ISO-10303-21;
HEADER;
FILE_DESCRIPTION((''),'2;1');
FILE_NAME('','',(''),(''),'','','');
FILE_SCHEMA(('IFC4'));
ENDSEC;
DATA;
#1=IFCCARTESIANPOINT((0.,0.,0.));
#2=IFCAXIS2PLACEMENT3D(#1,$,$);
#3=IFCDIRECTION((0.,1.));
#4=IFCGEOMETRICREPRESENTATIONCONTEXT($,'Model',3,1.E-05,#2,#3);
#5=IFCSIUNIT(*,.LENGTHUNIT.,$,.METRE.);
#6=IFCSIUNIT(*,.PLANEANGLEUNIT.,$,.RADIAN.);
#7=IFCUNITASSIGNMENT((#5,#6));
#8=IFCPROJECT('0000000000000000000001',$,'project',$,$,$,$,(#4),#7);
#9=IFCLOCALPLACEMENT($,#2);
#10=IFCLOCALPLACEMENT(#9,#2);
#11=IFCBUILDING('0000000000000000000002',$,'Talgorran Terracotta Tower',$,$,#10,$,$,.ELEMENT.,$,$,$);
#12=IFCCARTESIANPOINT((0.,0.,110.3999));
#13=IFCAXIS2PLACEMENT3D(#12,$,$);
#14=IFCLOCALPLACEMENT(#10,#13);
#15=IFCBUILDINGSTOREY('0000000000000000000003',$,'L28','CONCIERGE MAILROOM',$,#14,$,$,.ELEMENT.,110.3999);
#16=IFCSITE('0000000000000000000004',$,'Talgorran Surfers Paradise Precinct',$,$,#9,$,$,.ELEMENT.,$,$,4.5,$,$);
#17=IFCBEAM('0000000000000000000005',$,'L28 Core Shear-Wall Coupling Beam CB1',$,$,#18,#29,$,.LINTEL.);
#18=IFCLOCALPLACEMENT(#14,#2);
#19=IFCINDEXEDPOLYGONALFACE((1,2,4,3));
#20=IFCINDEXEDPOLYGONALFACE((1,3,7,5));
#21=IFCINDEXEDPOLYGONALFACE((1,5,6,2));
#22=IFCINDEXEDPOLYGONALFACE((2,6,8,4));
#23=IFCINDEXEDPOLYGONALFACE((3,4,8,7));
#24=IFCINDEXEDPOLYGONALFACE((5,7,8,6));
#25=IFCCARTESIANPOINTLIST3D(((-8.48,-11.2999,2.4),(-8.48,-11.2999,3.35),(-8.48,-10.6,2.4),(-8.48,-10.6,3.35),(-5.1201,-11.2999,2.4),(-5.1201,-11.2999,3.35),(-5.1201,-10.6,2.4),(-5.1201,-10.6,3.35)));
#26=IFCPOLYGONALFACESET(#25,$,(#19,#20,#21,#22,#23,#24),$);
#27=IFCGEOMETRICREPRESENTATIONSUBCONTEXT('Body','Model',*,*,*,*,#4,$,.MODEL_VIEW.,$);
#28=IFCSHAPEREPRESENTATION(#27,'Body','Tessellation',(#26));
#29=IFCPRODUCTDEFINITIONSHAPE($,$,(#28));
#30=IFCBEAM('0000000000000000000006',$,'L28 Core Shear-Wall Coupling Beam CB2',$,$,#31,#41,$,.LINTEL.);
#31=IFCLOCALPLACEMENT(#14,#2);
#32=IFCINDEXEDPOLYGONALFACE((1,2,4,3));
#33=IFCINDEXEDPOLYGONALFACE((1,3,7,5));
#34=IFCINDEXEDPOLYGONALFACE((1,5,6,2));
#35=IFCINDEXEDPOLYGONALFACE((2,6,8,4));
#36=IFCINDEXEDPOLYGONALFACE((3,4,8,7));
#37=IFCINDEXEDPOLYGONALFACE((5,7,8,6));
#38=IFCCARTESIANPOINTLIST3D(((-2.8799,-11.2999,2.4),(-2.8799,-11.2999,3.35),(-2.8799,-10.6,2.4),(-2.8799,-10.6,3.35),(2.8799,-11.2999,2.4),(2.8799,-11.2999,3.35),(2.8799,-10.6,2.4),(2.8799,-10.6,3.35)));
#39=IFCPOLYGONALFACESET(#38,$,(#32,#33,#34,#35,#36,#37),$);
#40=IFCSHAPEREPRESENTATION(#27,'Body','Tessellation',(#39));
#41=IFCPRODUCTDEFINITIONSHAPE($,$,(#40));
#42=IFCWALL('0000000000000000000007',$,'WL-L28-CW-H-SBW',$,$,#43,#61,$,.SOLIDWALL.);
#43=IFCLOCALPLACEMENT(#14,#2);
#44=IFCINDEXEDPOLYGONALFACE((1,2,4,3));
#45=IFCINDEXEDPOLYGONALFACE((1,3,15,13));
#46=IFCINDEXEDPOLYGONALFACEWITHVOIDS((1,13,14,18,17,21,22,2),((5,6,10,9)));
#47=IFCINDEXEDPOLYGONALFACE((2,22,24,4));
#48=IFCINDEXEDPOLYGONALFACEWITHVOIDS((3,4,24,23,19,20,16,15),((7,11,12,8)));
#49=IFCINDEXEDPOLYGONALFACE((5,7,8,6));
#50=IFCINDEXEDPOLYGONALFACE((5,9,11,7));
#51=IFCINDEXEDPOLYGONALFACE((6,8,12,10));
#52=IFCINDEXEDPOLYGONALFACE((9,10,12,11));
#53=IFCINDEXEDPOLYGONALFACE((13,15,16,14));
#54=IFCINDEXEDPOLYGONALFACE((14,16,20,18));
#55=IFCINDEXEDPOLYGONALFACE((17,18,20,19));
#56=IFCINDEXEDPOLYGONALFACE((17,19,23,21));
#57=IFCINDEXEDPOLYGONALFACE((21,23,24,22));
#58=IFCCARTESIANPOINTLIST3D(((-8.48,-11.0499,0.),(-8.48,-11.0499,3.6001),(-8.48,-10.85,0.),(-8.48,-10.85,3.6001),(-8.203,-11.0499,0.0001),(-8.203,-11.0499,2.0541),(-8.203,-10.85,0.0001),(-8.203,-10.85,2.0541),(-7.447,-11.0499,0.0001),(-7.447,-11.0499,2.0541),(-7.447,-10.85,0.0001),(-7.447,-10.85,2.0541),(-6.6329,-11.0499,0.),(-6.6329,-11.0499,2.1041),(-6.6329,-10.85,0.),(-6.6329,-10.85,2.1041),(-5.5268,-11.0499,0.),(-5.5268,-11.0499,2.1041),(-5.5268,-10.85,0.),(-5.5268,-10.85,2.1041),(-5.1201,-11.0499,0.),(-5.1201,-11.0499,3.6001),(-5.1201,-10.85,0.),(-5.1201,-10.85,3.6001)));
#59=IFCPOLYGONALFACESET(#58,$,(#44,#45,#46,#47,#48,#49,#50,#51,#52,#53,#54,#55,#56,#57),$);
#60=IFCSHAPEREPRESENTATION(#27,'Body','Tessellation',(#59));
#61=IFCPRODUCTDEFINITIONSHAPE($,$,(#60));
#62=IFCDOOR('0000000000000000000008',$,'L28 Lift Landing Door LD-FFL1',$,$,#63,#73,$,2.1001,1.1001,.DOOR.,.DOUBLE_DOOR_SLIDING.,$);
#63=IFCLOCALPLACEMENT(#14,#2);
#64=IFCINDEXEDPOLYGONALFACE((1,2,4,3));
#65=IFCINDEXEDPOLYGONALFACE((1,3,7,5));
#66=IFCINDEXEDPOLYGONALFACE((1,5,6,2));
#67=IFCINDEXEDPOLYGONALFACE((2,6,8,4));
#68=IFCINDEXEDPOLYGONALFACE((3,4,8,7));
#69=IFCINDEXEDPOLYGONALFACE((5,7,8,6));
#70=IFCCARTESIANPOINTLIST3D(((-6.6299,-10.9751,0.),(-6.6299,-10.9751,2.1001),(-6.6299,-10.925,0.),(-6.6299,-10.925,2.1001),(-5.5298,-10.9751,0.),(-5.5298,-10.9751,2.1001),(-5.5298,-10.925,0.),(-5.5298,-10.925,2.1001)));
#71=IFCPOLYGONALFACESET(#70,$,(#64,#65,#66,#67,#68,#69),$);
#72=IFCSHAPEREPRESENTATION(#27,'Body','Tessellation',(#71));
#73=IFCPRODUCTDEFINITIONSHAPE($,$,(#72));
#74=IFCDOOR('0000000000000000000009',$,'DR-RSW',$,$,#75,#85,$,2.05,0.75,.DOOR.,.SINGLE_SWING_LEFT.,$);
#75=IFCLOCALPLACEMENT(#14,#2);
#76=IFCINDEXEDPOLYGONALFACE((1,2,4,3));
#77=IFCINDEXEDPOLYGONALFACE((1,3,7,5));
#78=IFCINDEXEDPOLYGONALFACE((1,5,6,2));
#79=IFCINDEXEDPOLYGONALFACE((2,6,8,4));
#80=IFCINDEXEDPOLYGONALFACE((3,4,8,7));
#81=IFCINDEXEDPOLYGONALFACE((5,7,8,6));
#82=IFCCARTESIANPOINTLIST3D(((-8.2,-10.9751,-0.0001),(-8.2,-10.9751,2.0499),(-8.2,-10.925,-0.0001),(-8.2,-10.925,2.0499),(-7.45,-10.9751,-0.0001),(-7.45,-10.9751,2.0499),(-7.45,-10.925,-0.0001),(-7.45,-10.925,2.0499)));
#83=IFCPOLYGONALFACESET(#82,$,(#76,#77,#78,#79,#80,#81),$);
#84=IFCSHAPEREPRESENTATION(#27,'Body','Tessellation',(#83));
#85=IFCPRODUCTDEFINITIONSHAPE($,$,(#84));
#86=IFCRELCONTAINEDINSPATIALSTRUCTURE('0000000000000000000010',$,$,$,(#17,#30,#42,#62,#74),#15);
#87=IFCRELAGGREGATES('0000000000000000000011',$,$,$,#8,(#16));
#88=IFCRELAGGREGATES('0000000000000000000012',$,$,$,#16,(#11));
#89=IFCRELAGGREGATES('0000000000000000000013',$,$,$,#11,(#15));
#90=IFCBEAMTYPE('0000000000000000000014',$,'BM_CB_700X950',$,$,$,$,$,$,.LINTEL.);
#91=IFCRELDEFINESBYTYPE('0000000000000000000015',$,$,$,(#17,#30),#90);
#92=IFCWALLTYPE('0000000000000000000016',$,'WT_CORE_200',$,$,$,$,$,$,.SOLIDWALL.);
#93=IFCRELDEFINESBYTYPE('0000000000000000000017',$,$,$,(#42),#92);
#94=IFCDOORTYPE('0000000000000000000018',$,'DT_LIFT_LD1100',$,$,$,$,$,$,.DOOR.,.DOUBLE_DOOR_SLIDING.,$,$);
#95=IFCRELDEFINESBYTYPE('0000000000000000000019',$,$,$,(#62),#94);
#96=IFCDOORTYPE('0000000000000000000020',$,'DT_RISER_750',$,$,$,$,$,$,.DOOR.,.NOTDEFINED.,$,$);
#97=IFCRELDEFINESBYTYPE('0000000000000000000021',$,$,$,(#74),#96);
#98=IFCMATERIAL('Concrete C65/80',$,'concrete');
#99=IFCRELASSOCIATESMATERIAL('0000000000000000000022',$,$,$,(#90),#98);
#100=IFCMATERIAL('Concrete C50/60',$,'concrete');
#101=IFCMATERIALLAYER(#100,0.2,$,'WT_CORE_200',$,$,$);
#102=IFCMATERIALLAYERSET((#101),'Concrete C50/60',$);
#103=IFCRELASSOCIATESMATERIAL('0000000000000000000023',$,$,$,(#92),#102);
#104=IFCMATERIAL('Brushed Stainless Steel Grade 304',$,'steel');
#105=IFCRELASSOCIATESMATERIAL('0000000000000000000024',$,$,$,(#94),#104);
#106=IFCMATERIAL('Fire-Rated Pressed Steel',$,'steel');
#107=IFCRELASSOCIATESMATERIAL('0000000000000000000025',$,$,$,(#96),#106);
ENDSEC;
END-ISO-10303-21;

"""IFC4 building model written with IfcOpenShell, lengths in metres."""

from ifc_helpers import new_model, si_unit, direction, frame, frame_2d, origin, origin_2d, place, context, subcontext, project, spatial, rectangle, extrude, material, layer, layer_set, material_profile, profile_set, type_object, element, fill, save


model = new_model("IFC4")

# Units and contexts
model_context = context("Model", 3, precision=1e-05, world=origin(), true_north=direction((0.0, 1.0)))
body_context = subcontext(model_context, "Body", "Model", "MODEL_VIEW")
ifc_project = project(units=[si_unit("LENGTHUNIT", "METRE"), si_unit("PLANEANGLEUNIT", "RADIAN")], contexts=[model_context])

# Site, building, storey
site_placement = place(None, origin())
site = spatial("IfcSite", under=ifc_project, at=site_placement, Name="Talgorran Surfers Paradise Precinct", CompositionType="ELEMENT", RefElevation=4.5)
building_placement = place(site_placement, origin())
building = spatial("IfcBuilding", under=site, at=building_placement, Name="Talgorran Terracotta Tower", CompositionType="ELEMENT")
storey_placement = place(building_placement, frame((0.0, 0.0, 110.3999)))
storey = spatial("IfcBuildingStorey", under=building, at=storey_placement, Name="L28", Description="CONCIERGE MAILROOM", CompositionType="ELEMENT", Elevation=110.3999)

# Beams
ifc_material_1 = material(Name="Concrete C65/80", Category="concrete")
ifc_material_profile = material_profile(ifc_material_1, rectangle(XDim=0.7, YDim=0.95, at=origin_2d()), Name="RCCB700X950")
ifc_profile_set = profile_set([ifc_material_profile], Name="Concrete C65/80")
beam_type = type_object("IfcBeamType", Name="BM_CB_700X950", PredefinedType="LINTEL", material=ifc_profile_set)
beam_1_placement = place(storey_placement, frame((-8.48, -10.95, 2.875), z_axis=(1.0, 0.0, 0.0), x_axis=(0.0, 1.0, 0.0)))
element("IfcBeam", 1, at=beam_1_placement, inside=storey, type_object=beam_type, Name="L28 Core Shear-Wall Coupling Beam CB1", PredefinedType="LINTEL", context=body_context, shape_type="SweptSolid", body=[
    extrude(rectangle(XDim=0.7, YDim=0.95, at=origin_2d()), origin(), (0.0, 0.0, 1.0), 3.3599),
])
beam_2_placement = place(storey_placement, frame((-2.8799, -10.95, 2.875), z_axis=(1.0, 0.0, 0.0), x_axis=(0.0, 1.0, 0.0)))
element("IfcBeam", 2, at=beam_2_placement, inside=storey, type_object=beam_type, Name="L28 Core Shear-Wall Coupling Beam CB2", PredefinedType="LINTEL", context=body_context, shape_type="SweptSolid", body=[
    extrude(rectangle(XDim=0.7, YDim=0.95, at=origin_2d()), origin(), (0.0, 0.0, 1.0), 5.7598),
])

# Wall, openings, doors
ifc_material_2 = material(Name="Concrete C50/60", Category="concrete")
ifc_layer_1 = layer(ifc_material_2, 0.2, Name="WT_CORE_200")
ifc_layer_set_1 = layer_set([ifc_layer_1], Name="Concrete C50/60")
wall_type_1 = type_object("IfcWallType", Name="WT_CORE_200", PredefinedType="SOLIDWALL", material=ifc_layer_set_1)
wall_1_placement = place(storey_placement, frame((-8.48, -10.95, 0.0), z_axis=(0.0, 0.0, 1.0), x_axis=(1.0, 0.0, 0.0)))
wall_1 = element("IfcWall", 3, at=wall_1_placement, inside=storey, type_object=wall_type_1, Name="WL-L28-CW-H-SBW", PredefinedType="SOLIDWALL", context=body_context, shape_type="SweptSolid", body=[
    extrude(rectangle(XDim=3.3599, YDim=0.2, at=frame_2d((1.6799, 0.0))), origin(), (0.0, 0.0, 1.0), 3.6001),
])
opening_1_placement = place(wall_1_placement, frame((0.28, 0.0, 0.0)))
opening_1 = element("IfcOpeningElement", 4, at=opening_1_placement, cuts=wall_1, PredefinedType="OPENING", context=body_context, shape_type="SweptSolid", body=[
    extrude(rectangle(XDim=0.756, YDim=2.054, at=frame_2d((0.375, 1.0271))), frame((0.0, 0.1099, 0.0), z_axis=(0.0, -1.0, 0.0), x_axis=(1.0, 0.0, 0.0)), (0.0, 0.0, 1.0), 0.22),
])
opening_2_placement = place(wall_1_placement, frame((1.8501, 0.0, 0.0)))
opening_2 = element("IfcOpeningElement", 5, at=opening_2_placement, cuts=wall_1, PredefinedType="OPENING", context=body_context, shape_type="SweptSolid", body=[
    extrude(rectangle(XDim=1.1061, YDim=2.1041, at=frame_2d((0.55, 1.052))), frame((0.0, 0.1099, 0.0), z_axis=(0.0, -1.0, 0.0), x_axis=(1.0, 0.0, 0.0)), (0.0, 0.0, 1.0), 0.22),
])
ifc_material_3 = material(Name="Brushed Stainless Steel Grade 304", Category="steel")
door_type_1 = type_object("IfcDoorType", Name="DT_LIFT_LD1100", OperationType="DOUBLE_DOOR_SLIDING", PredefinedType="DOOR", material=ifc_material_3)
door_1_placement = place(opening_2_placement, origin())
door_1 = element("IfcDoor", 6, at=door_1_placement, inside=storey, type_object=door_type_1, Name="L28 Lift Landing Door LD-FFL1", OperationType="DOUBLE_DOOR_SLIDING", OverallHeight=2.1001, OverallWidth=1.1001, PredefinedType="DOOR", context=body_context, shape_type="SweptSolid", body=[
    extrude(rectangle(XDim=1.1001, YDim=2.1001, at=frame_2d((0.55, 1.05))), frame((0.0, 0.0249, 0.0), z_axis=(0.0, -1.0, 0.0), x_axis=(1.0, 0.0, 0.0)), (0.0, 0.0, 1.0), 0.05),
])
fill(opening_2, door_1)
ifc_material_4 = material(Name="Fire-Rated Pressed Steel", Category="steel")
door_type_2 = type_object("IfcDoorType", Name="DT_RISER_750", OperationType="NOTDEFINED", PredefinedType="DOOR", material=ifc_material_4)
door_2_placement = place(opening_1_placement, origin())
door_2 = element("IfcDoor", 7, at=door_2_placement, inside=storey, type_object=door_type_2, Name="DR-RSW", OperationType="SINGLE_SWING_LEFT", OverallHeight=2.05, OverallWidth=0.75, PredefinedType="DOOR", context=body_context, shape_type="SweptSolid", body=[
    extrude(rectangle(XDim=0.75, YDim=2.05, at=frame_2d((0.375, 1.0249))), frame((0.0, 0.0249, 0.0), z_axis=(0.0, -1.0, 0.0), x_axis=(1.0, 0.0, 0.0)), (0.0, 0.0, 1.0), 0.05),
])
fill(opening_1, door_2)

save(model, "model.ifc")
